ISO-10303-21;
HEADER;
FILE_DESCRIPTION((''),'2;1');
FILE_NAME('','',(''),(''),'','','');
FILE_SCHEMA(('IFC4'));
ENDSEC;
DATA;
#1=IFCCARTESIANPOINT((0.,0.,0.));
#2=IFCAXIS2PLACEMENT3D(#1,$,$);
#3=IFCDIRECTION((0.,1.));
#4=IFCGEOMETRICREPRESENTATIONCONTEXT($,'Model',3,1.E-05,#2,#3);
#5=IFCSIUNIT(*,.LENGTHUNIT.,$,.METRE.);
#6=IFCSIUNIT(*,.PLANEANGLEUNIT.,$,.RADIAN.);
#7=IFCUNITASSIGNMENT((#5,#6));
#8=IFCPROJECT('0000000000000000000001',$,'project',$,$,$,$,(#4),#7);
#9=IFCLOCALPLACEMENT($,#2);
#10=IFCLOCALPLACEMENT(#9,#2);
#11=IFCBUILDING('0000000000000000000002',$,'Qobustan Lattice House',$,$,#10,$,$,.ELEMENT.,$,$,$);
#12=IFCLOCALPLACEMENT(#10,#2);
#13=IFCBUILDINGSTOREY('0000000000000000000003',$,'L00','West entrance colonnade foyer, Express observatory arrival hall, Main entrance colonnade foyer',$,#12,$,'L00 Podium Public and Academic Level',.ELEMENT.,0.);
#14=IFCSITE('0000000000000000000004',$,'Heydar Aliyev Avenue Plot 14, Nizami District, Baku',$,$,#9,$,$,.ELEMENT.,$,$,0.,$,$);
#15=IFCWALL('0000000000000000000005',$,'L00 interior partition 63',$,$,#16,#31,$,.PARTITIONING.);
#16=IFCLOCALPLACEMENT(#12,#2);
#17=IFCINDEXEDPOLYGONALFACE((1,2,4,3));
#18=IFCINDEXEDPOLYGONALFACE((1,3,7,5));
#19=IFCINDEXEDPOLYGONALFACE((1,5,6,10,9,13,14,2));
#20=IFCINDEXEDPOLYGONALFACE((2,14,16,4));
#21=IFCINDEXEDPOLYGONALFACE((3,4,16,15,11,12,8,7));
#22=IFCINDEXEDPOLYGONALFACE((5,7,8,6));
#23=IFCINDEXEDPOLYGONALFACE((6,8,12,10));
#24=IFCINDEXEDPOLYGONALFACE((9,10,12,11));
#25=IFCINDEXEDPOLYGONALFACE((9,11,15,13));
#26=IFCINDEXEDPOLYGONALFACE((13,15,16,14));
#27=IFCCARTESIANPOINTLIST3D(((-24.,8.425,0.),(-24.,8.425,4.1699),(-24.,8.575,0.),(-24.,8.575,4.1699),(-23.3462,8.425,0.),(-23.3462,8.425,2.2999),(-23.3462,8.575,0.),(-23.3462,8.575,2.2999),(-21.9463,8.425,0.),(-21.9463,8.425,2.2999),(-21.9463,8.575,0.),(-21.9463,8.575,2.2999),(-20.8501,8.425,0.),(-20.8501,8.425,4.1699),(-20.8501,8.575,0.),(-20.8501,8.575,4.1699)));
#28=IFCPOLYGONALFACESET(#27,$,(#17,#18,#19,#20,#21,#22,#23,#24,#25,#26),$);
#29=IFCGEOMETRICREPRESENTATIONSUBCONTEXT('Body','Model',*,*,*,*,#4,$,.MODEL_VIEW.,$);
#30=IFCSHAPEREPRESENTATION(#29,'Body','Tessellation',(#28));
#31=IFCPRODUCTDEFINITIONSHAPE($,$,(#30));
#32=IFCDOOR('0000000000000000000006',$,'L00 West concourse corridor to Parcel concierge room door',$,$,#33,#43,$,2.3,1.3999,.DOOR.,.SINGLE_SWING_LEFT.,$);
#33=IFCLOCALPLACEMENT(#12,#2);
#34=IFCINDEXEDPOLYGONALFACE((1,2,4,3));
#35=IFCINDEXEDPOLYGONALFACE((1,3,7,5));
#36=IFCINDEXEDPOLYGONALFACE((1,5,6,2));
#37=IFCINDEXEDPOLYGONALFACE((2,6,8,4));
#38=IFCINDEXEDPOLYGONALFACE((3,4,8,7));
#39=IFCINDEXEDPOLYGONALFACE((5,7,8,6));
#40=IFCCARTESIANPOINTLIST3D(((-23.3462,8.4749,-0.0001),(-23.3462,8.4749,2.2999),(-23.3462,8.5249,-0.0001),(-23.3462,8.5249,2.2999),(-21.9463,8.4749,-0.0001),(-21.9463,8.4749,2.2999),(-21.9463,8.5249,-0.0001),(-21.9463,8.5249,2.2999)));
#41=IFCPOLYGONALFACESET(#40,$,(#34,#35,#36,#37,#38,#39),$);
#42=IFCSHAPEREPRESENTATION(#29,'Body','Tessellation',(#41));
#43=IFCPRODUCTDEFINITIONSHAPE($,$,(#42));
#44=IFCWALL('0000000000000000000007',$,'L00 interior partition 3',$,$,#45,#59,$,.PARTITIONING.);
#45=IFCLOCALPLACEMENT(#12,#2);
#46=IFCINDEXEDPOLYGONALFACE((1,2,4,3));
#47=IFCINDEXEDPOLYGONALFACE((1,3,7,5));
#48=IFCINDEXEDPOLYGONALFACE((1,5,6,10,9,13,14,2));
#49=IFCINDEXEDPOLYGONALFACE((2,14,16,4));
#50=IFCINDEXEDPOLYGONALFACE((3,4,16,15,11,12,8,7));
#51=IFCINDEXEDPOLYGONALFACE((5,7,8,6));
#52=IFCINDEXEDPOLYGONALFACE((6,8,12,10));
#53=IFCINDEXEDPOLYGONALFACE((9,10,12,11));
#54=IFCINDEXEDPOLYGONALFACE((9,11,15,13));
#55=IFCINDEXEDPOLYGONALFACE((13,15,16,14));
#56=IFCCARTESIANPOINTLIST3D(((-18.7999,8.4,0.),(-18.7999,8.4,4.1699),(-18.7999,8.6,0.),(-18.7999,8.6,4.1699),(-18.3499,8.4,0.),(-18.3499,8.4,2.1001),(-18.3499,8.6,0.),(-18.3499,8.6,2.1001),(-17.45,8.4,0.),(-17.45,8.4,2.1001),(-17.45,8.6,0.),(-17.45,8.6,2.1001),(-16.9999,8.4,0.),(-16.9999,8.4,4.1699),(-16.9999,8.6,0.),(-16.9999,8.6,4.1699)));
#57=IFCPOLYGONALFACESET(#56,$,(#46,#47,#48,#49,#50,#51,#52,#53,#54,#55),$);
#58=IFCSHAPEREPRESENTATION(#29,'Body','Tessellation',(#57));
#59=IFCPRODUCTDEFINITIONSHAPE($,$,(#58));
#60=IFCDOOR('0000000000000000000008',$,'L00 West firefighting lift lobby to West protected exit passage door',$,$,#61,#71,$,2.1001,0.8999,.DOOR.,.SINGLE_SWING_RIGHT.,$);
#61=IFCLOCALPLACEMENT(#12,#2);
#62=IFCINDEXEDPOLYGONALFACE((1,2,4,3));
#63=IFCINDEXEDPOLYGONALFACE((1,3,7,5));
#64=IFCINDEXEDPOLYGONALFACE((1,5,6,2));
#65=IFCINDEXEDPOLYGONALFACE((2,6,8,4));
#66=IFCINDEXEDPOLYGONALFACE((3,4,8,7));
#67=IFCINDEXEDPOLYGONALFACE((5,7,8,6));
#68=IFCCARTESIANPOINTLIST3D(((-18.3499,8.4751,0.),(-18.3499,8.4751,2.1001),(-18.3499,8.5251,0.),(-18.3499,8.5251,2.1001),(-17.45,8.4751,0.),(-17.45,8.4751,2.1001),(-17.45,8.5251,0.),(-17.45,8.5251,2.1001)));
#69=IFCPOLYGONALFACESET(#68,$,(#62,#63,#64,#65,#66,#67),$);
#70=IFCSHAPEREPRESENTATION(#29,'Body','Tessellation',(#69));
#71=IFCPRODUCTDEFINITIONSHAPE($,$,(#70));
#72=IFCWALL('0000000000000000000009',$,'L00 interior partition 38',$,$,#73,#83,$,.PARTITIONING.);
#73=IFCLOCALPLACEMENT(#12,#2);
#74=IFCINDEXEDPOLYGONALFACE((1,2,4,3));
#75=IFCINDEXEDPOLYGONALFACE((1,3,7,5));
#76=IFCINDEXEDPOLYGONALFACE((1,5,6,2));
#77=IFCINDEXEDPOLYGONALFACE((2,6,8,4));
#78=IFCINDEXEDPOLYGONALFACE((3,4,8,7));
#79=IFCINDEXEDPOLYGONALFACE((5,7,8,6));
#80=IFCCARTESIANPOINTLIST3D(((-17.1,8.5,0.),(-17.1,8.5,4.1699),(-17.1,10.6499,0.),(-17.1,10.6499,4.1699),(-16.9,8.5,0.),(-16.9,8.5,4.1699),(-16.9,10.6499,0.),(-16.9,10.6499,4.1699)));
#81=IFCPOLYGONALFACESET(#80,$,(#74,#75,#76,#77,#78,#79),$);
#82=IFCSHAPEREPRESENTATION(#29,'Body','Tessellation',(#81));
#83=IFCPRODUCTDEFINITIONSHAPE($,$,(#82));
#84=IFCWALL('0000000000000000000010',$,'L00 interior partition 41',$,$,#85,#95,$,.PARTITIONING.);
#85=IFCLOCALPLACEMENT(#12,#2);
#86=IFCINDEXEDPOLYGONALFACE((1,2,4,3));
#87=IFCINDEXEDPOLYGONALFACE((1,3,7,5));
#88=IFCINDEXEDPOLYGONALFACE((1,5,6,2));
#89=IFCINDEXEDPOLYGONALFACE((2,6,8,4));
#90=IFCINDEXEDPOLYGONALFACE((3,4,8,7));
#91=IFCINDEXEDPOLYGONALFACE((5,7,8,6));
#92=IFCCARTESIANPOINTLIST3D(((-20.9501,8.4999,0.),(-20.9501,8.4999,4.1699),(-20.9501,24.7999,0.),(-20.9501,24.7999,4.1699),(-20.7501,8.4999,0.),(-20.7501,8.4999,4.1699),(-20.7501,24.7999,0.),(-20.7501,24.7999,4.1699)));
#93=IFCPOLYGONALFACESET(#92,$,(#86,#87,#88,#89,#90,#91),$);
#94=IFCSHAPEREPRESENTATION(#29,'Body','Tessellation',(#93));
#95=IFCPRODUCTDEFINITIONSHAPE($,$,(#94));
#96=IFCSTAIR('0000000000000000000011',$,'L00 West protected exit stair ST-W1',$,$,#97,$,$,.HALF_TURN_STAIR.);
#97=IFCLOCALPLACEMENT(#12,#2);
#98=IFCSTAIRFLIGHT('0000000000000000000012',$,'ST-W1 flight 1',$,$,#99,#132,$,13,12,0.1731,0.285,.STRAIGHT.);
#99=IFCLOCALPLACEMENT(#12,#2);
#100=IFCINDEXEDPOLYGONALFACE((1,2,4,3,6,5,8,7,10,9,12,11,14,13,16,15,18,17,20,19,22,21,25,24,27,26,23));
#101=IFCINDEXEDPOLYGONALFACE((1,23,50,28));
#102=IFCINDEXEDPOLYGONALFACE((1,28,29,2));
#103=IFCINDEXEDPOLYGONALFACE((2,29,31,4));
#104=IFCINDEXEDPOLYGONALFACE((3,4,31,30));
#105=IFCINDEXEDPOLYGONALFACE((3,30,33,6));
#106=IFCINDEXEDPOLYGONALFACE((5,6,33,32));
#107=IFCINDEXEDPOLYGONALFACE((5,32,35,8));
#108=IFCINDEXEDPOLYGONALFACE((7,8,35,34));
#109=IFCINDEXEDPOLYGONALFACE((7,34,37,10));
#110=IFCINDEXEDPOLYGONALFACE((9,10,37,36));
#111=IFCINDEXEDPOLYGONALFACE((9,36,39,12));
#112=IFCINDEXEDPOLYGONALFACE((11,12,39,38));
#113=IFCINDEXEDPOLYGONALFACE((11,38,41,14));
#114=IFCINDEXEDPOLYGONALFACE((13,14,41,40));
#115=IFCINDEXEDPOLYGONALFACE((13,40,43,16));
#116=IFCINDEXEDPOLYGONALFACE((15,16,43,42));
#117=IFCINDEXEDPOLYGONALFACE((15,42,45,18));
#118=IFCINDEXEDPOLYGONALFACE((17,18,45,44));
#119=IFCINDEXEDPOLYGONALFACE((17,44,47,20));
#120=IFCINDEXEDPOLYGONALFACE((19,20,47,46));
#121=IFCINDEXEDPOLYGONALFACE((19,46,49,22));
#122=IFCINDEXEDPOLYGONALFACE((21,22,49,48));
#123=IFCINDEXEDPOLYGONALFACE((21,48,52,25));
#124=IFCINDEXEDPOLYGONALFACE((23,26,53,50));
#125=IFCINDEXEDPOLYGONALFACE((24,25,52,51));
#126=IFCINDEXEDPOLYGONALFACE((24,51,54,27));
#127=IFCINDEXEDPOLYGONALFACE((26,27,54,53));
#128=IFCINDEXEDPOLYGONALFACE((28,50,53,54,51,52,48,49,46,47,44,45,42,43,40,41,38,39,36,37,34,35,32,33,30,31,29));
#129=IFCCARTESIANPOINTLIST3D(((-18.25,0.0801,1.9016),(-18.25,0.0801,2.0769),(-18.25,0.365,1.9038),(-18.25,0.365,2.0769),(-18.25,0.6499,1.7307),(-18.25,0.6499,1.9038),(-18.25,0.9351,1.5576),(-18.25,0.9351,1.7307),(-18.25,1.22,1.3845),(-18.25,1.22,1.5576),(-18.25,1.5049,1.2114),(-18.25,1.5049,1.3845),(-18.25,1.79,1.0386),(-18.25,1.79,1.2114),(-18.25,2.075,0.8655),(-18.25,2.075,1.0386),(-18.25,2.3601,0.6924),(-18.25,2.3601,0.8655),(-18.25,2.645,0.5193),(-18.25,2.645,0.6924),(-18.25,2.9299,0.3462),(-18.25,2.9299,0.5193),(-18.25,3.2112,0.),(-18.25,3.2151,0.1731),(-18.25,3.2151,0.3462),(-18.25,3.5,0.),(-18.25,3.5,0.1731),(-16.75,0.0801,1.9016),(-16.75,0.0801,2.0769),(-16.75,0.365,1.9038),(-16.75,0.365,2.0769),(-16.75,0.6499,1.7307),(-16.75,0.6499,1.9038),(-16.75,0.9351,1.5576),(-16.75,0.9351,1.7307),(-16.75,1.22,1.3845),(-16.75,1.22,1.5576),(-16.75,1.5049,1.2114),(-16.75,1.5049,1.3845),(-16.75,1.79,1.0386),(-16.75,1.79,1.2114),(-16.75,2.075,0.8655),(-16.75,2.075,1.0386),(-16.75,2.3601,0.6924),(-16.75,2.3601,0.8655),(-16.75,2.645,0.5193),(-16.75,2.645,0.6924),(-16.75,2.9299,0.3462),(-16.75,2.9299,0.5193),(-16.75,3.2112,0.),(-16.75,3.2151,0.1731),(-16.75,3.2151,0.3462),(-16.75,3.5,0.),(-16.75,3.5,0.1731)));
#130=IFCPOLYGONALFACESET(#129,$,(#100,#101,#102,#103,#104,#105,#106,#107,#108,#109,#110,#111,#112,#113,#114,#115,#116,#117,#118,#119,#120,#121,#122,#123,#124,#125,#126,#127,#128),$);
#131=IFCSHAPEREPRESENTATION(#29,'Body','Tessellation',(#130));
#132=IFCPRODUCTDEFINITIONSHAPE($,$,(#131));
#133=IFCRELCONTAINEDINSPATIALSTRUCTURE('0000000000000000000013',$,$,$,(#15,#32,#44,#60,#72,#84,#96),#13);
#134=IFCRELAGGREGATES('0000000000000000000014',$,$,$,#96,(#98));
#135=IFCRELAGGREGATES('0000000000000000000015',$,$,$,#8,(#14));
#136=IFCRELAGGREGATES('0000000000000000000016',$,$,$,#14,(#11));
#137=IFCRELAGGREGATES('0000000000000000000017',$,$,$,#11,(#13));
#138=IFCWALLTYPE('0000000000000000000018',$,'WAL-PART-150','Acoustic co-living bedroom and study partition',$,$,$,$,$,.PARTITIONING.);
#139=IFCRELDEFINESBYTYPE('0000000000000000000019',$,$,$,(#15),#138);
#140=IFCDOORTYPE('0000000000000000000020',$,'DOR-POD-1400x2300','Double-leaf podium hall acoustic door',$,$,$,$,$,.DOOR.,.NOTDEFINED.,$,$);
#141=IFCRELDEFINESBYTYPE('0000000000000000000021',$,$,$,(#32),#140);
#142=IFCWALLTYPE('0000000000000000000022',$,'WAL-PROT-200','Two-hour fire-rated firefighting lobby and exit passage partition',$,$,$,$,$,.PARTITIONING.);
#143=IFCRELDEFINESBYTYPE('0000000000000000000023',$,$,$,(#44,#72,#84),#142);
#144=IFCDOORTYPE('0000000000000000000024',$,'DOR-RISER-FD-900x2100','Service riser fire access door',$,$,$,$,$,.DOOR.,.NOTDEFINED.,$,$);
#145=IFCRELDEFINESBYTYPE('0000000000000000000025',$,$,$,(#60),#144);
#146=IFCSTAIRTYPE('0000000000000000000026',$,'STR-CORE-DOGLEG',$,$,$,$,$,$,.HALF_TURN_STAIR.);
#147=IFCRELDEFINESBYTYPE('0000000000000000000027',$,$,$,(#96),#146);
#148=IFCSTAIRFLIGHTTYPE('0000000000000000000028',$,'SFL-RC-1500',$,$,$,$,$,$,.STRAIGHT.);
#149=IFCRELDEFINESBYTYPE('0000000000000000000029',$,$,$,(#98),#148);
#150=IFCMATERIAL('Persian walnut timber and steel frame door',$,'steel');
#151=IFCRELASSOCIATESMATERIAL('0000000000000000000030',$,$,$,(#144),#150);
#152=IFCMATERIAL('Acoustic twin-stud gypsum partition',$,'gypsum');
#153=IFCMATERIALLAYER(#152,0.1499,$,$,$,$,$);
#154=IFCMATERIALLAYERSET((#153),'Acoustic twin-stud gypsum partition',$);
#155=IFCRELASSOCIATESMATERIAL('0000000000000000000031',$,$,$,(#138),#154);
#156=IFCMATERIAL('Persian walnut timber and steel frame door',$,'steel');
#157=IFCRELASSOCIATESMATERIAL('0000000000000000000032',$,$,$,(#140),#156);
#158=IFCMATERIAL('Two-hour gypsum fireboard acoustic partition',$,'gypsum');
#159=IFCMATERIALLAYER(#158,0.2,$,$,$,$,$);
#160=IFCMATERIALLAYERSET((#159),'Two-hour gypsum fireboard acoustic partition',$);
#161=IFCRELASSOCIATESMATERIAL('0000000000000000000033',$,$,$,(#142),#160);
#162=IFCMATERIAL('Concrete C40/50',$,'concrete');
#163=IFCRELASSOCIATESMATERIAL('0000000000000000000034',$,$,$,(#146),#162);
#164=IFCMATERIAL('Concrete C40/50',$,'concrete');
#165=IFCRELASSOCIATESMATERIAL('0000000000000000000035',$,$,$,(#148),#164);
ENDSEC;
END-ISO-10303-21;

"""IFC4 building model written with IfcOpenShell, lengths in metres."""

from ifc_helpers import new_model, si_unit, direction, frame, frame_2d, origin, place, context, subcontext, project, spatial, polyline, rectangle, outline, extrude, material, layer, layer_set, type_object, element, fill, aggregate, save


model = new_model("IFC4")

# Units and contexts
model_context = context("Model", 3, precision=1e-05, world=origin(), true_north=direction((0.0, 1.0)))
body_context = subcontext(model_context, "Body", "Model", "MODEL_VIEW")
ifc_project = project(units=[si_unit("LENGTHUNIT", "METRE"), si_unit("PLANEANGLEUNIT", "RADIAN")], contexts=[model_context])

# Site, building, storey
site_placement = place(None, origin())
site = spatial("IfcSite", under=ifc_project, at=site_placement, Name="Heydar Aliyev Avenue Plot 14, Nizami District, Baku", CompositionType="ELEMENT", RefElevation=0.0)
building_placement = place(site_placement, origin())
building = spatial("IfcBuilding", under=site, at=building_placement, Name="Qobustan Lattice House", CompositionType="ELEMENT")
storey_placement = place(building_placement, origin())
storey = spatial("IfcBuildingStorey", under=building, at=storey_placement, Name="L00", Description="West entrance colonnade foyer, Express observatory arrival hall, Main entrance colonnade foyer", LongName="L00 Podium Public and Academic Level", CompositionType="ELEMENT", Elevation=0.0)

# Walls, openings, doors
ifc_material_1 = material(Name="Persian walnut timber and steel frame door", Category="steel")
door_type_1 = type_object("IfcDoorType", Name="DOR-RISER-FD-900x2100", Description="Service riser fire access door", OperationType="NOTDEFINED", PredefinedType="DOOR", material=ifc_material_1)
ifc_material_2 = material(Name="Acoustic twin-stud gypsum partition", Category="gypsum")
ifc_layer_1 = layer(ifc_material_2, 0.1499)
ifc_layer_set_1 = layer_set([ifc_layer_1], Name="Acoustic twin-stud gypsum partition")
wall_type_1 = type_object("IfcWallType", Name="WAL-PART-150", Description="Acoustic co-living bedroom and study partition", PredefinedType="PARTITIONING", material=ifc_layer_set_1)
wall_1_placement = place(storey_placement, frame((-24.0, 8.5, 0.0), z_axis=(0.0, 0.0, 1.0), x_axis=(1.0, 0.0, 0.0)))
wall_1 = element("IfcWall", 1, at=wall_1_placement, inside=storey, type_object=wall_type_1, Name="L00 interior partition 63", PredefinedType="PARTITIONING", context=body_context, shape_type="SweptSolid", body=[
    extrude(rectangle(XDim=3.1499, YDim=0.1499, at=frame_2d((1.575, 0.0))), origin(), (0.0, 0.0, 1.0), 4.1699),
])
opening_1_placement = place(wall_1_placement, frame((0.6538, 0.0, 0.0)))
opening_1 = element("IfcOpeningElement", 2, at=opening_1_placement, cuts=wall_1, PredefinedType="OPENING", context=body_context, shape_type="SweptSolid", body=[
    extrude(rectangle(XDim=1.3999, YDim=2.3, at=frame_2d((0.7, 1.1499))), frame((0.0, 0.085, 0.0), z_axis=(0.0, -1.0, 0.0), x_axis=(1.0, 0.0, 0.0)), (0.0, 0.0, 1.0), 0.1699),
])
ifc_material_3 = material(Name="Persian walnut timber and steel frame door", Category="steel")
door_type_2 = type_object("IfcDoorType", Name="DOR-POD-1400x2300", Description="Double-leaf podium hall acoustic door", OperationType="NOTDEFINED", PredefinedType="DOOR", material=ifc_material_3)
door_1_placement = place(opening_1_placement, origin())
door_1 = element("IfcDoor", 3, at=door_1_placement, inside=storey, type_object=door_type_2, Name="L00 West concourse corridor to Parcel concierge room door", OperationType="SINGLE_SWING_LEFT", OverallHeight=2.3, OverallWidth=1.3999, PredefinedType="DOOR", context=body_context, shape_type="SweptSolid", body=[
    extrude(rectangle(XDim=1.3999, YDim=2.3, at=frame_2d((0.7, 1.1499))), frame((0.0, 0.0249, 0.0), z_axis=(0.0, -1.0, 0.0), x_axis=(1.0, 0.0, 0.0)), (0.0, 0.0, 1.0), 0.05),
])
fill(opening_1, door_1)
ifc_material_4 = material(Name="Two-hour gypsum fireboard acoustic partition", Category="gypsum")
ifc_layer_2 = layer(ifc_material_4, 0.2)
ifc_layer_set_2 = layer_set([ifc_layer_2], Name="Two-hour gypsum fireboard acoustic partition")
wall_type_2 = type_object("IfcWallType", Name="WAL-PROT-200", Description="Two-hour fire-rated firefighting lobby and exit passage partition", PredefinedType="PARTITIONING", material=ifc_layer_set_2)
wall_2_placement = place(storey_placement, frame((-17.0, 8.5, 0.0), z_axis=(0.0, 0.0, 1.0), x_axis=(-1.0, 0.0, 0.0)))
wall_2 = element("IfcWall", 4, at=wall_2_placement, inside=storey, type_object=wall_type_2, Name="L00 interior partition 3", PredefinedType="PARTITIONING", context=body_context, shape_type="SweptSolid", body=[
    extrude(rectangle(XDim=1.8, YDim=0.2, at=frame_2d((0.8999, 0.0))), origin(), (0.0, 0.0, 1.0), 4.1699),
])
opening_2_placement = place(wall_2_placement, frame((0.45, 0.0, 0.0)))
opening_2 = element("IfcOpeningElement", 5, at=opening_2_placement, cuts=wall_2, PredefinedType="OPENING", context=body_context, shape_type="SweptSolid", body=[
    extrude(rectangle(XDim=0.8999, YDim=2.1001, at=frame_2d((0.45, 1.05))), frame((0.0, 0.1099, 0.0), z_axis=(0.0, -1.0, 0.0), x_axis=(1.0, 0.0, 0.0)), (0.0, 0.0, 1.0), 0.22),
])
door_2_placement = place(opening_2_placement, origin())
door_2 = element("IfcDoor", 6, at=door_2_placement, inside=storey, type_object=door_type_1, Name="L00 West firefighting lift lobby to West protected exit passage door", OperationType="SINGLE_SWING_RIGHT", OverallHeight=2.1001, OverallWidth=0.8999, PredefinedType="DOOR", context=body_context, shape_type="SweptSolid", body=[
    extrude(rectangle(XDim=0.8999, YDim=2.1001, at=frame_2d((0.45, 1.05))), frame((0.0, 0.0249, 0.0), z_axis=(0.0, -1.0, 0.0), x_axis=(1.0, 0.0, 0.0)), (0.0, 0.0, 1.0), 0.05),
])
fill(opening_2, door_2)

# Walls
wall_3_placement = place(storey_placement, frame((-17.0, 10.6499, 0.0), z_axis=(0.0, 0.0, 1.0), x_axis=(0.0, -1.0, 0.0)))
element("IfcWall", 7, at=wall_3_placement, inside=storey, type_object=wall_type_2, Name="L00 interior partition 38", PredefinedType="PARTITIONING", context=body_context, shape_type="SweptSolid", body=[
    extrude(rectangle(XDim=2.1499, YDim=0.2, at=frame_2d((1.075, 0.0))), origin(), (0.0, 0.0, 1.0), 4.1699),
])
wall_4_placement = place(storey_placement, frame((-20.8501, 8.5, 0.0), z_axis=(0.0, 0.0, 1.0), x_axis=(0.0, 1.0, 0.0)))
element("IfcWall", 8, at=wall_4_placement, inside=storey, type_object=wall_type_2, Name="L00 interior partition 41", PredefinedType="PARTITIONING", context=body_context, shape_type="SweptSolid", body=[
    extrude(rectangle(XDim=16.3, YDim=0.2, at=frame_2d((8.1499, 0.0))), origin(), (0.0, 0.0, 1.0), 4.1699),
])

# Stair, stair flight
ifc_material_5 = material(Name="Concrete C40/50", Category="concrete")
stair_type = type_object("IfcStairType", Name="STR-CORE-DOGLEG", PredefinedType="HALF_TURN_STAIR", material=ifc_material_5)
stair_placement = place(storey_placement, origin())
stair = element("IfcStair", 9, at=stair_placement, inside=storey, type_object=stair_type, Name="L00 West protected exit stair ST-W1", PredefinedType="HALF_TURN_STAIR")
ifc_material_6 = material(Name="Concrete C40/50", Category="concrete")
stair_flight_type = type_object("IfcStairFlightType", Name="SFL-RC-1500", PredefinedType="STRAIGHT", material=ifc_material_6)
stair_flight_placement = place(storey_placement, frame((-17.5, 3.5, 0.0), z_axis=(0.0, 0.0, 1.0), x_axis=(0.0, -1.0, 0.0)))
stair_flight = element("IfcStairFlight", 10, at=stair_flight_placement, type_object=stair_flight_type, Name="ST-W1 flight 1", NumberOfRisers=13, NumberOfTreads=12, PredefinedType="STRAIGHT", RiserHeight=0.1731, TreadLength=0.285, context=body_context, shape_type="SweptSolid", body=[
    extrude(outline(polyline([(0.0, 0.0), (0.0, 0.1731), (0.2849, 0.1731), (0.2849, 0.3462), (0.5701, 0.3462), (0.5701, 0.5193), (0.855, 0.5193), (0.855, 0.6924), (1.1399, 0.6924), (1.1399, 0.8655), (1.425, 0.8655), (1.425, 1.0386), (1.71, 1.0386), (1.71, 1.2114), (1.9951, 1.2114), (1.9951, 1.3845), (2.28, 1.3845), (2.28, 1.5576), (2.5649, 1.5576), (2.5649, 1.7307), (2.8501, 1.7307), (2.8501, 1.9038), (3.135, 1.9038), (3.135, 2.0769), (3.4199, 2.0769), (3.4199, 2.25), (3.4199, 1.9016), (0.2888, 0.0), (0.0, 0.0)])), frame((0.0, 0.75, 0.0), z_axis=(0.0, -1.0, 0.0), x_axis=(1.0, 0.0, 0.0)), (0.0, 0.0, 1.0), 1.5),
])
aggregate(stair, [stair_flight])

save(model, "model.ifc")
